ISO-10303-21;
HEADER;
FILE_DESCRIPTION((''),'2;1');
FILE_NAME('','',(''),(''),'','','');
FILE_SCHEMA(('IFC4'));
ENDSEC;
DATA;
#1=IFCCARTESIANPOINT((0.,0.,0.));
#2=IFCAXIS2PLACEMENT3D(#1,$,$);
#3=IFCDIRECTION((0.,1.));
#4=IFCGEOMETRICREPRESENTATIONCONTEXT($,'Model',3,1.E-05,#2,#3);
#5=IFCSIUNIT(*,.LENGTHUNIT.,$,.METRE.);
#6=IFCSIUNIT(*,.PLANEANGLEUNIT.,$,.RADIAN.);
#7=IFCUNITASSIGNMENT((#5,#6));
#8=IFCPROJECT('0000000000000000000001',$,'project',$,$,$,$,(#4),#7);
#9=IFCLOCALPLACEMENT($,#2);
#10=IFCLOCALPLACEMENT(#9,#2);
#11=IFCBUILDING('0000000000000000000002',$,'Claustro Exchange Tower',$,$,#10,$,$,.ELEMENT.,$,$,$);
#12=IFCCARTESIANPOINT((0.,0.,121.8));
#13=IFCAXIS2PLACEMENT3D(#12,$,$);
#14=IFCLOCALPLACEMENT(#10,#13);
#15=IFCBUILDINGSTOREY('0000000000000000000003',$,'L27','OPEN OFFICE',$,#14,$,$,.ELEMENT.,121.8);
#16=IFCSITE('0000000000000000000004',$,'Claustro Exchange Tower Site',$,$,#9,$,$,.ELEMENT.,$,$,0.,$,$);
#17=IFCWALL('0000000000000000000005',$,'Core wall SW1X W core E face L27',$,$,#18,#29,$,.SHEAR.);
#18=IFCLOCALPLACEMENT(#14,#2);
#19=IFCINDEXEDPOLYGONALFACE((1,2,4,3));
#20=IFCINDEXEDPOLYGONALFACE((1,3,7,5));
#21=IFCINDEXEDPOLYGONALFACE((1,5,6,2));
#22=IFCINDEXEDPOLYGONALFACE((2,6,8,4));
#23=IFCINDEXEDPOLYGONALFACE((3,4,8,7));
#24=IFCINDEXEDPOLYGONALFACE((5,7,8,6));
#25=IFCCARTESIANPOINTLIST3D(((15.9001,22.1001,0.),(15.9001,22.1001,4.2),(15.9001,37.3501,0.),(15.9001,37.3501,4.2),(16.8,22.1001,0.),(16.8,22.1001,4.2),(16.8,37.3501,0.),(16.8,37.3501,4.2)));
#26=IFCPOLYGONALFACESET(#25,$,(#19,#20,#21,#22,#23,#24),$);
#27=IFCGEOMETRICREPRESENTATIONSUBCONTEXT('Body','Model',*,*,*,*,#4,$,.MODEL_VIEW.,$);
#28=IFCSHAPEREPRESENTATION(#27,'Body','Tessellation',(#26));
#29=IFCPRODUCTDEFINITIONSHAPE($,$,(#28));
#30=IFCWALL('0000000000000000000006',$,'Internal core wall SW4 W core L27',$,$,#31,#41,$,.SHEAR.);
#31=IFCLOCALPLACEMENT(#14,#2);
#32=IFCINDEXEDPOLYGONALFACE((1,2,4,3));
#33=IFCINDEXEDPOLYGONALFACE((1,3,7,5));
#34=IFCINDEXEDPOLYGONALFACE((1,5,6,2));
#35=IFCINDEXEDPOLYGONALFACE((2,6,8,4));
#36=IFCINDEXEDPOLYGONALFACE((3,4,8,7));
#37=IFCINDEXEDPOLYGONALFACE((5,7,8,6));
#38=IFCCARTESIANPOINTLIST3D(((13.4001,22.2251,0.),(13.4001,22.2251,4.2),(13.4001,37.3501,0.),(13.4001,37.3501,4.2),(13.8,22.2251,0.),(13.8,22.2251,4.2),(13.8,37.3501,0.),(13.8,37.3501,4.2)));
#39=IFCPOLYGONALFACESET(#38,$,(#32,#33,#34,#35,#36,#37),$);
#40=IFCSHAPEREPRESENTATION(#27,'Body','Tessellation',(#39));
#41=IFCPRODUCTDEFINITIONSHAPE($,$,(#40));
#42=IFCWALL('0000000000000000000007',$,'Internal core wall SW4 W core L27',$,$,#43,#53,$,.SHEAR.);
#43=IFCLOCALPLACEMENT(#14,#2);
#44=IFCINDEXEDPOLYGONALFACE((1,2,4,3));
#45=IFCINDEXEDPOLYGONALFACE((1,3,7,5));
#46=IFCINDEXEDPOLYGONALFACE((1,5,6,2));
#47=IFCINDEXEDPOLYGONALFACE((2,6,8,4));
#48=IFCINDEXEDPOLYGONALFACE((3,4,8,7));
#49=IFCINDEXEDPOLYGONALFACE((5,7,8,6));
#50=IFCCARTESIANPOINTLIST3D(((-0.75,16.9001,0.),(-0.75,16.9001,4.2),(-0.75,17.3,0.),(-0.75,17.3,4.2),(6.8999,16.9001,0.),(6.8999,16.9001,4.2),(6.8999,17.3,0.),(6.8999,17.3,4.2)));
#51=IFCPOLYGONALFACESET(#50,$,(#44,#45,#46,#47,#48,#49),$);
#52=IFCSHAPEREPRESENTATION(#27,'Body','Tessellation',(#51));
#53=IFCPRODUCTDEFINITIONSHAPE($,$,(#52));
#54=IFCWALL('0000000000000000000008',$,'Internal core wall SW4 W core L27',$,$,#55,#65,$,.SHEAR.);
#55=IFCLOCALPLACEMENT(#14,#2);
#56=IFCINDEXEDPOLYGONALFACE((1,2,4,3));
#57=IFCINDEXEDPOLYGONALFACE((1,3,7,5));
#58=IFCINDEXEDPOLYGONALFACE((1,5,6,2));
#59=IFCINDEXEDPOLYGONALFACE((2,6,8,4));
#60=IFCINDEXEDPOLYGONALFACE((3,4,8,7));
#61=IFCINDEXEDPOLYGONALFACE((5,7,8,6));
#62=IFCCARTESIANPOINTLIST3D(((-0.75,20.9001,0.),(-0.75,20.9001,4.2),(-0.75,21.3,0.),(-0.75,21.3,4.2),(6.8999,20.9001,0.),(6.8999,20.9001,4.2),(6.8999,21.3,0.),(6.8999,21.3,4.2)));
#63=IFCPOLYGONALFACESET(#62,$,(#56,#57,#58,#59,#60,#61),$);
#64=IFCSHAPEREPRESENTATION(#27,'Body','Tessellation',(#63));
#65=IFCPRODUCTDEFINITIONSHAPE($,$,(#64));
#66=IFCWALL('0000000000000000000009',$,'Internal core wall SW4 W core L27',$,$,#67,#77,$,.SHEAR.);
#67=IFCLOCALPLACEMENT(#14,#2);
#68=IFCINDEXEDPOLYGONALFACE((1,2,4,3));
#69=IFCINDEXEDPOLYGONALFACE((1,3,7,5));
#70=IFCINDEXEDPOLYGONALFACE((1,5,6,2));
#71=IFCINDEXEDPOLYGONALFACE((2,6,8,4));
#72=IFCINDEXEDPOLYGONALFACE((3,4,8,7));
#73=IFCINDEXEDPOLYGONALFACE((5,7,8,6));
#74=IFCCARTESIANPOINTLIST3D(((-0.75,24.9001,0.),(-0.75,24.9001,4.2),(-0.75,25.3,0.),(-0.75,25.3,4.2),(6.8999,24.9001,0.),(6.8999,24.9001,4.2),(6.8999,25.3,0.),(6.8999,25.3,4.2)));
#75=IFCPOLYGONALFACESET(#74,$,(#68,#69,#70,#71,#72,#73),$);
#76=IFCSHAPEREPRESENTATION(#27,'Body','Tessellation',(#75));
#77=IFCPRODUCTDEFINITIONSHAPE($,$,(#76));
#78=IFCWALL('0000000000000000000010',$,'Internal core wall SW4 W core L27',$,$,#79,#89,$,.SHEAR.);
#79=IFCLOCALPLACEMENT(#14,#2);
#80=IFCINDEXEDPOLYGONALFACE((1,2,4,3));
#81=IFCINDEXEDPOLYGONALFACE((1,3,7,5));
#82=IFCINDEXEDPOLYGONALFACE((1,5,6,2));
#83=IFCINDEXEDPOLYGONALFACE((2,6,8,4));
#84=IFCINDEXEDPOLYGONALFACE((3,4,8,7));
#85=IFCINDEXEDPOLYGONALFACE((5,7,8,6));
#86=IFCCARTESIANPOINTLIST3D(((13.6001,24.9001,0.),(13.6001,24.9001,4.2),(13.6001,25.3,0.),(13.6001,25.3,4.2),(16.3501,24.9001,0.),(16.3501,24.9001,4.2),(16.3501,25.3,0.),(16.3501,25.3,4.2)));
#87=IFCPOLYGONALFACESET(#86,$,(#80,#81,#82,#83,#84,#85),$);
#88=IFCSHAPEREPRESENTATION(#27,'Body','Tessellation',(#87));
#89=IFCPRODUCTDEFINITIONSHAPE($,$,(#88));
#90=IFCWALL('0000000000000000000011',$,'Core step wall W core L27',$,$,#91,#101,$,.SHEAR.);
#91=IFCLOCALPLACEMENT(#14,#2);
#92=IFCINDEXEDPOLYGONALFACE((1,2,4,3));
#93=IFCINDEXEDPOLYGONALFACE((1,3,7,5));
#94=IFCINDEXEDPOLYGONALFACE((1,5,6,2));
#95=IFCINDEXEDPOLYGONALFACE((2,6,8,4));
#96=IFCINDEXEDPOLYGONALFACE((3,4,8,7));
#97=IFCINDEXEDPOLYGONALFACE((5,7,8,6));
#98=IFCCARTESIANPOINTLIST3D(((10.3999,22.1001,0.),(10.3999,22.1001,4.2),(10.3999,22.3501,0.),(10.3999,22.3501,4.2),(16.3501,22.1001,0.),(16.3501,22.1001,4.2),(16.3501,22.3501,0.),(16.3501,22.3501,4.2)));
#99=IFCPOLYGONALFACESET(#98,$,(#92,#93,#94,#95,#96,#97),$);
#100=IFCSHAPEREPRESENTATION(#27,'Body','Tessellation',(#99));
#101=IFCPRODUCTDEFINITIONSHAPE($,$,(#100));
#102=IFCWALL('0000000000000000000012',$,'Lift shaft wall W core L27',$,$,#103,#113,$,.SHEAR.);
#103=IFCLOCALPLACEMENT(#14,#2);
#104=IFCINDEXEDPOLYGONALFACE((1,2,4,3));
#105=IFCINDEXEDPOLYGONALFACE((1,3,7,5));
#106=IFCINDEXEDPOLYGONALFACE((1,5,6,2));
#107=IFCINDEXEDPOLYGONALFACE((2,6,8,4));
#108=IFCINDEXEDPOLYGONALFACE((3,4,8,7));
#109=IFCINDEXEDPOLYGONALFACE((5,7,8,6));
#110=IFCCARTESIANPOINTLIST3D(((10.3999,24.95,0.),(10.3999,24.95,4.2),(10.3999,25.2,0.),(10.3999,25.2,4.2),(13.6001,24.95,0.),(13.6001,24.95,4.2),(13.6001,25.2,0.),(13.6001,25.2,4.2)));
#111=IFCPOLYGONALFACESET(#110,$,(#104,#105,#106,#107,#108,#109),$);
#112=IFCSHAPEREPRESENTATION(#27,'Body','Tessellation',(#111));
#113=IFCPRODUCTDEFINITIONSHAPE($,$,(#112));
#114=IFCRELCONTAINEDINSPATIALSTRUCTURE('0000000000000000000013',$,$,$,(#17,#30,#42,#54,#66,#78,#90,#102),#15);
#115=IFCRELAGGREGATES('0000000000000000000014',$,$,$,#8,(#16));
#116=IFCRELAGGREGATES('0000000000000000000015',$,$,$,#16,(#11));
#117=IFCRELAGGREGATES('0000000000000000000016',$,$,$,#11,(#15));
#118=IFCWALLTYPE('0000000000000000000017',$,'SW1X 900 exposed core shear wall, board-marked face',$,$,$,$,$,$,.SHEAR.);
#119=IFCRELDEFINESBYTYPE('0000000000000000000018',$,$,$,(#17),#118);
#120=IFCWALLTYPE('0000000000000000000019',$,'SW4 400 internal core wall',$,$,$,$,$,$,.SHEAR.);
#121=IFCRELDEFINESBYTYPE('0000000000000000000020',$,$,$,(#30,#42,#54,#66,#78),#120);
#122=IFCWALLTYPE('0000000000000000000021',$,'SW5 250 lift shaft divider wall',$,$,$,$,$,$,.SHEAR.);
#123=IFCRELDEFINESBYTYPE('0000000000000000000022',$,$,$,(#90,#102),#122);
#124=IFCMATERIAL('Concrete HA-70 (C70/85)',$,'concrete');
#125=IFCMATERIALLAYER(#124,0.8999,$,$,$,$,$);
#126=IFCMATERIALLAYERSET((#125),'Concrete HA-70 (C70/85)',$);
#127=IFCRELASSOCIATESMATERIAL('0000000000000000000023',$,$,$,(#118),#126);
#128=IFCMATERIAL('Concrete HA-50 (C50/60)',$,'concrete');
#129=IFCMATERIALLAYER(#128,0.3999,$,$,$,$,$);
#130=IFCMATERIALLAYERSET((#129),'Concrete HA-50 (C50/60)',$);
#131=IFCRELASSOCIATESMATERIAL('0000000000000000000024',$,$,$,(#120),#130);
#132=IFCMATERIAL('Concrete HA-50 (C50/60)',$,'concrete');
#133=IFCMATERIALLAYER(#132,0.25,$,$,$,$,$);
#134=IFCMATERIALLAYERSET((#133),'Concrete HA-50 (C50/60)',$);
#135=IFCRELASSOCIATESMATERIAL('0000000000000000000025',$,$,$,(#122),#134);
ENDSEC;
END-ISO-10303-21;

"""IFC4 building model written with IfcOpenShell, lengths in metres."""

from ifc_helpers import new_model, si_unit, direction, frame, frame_2d, origin, place, context, subcontext, project, spatial, rectangle, extrude, material, layer, layer_set, type_object, element, save


model = new_model("IFC4")

# Units and contexts
model_context = context("Model", 3, precision=1e-05, world=origin(), true_north=direction((0.0, 1.0)))
body_context = subcontext(model_context, "Body", "Model", "MODEL_VIEW")
ifc_project = project(units=[si_unit("LENGTHUNIT", "METRE"), si_unit("PLANEANGLEUNIT", "RADIAN")], contexts=[model_context])

# Site, building, storey
site_placement = place(None, origin())
site = spatial("IfcSite", under=ifc_project, at=site_placement, Name="Claustro Exchange Tower Site", CompositionType="ELEMENT", RefElevation=0.0)
building_placement = place(site_placement, origin())
building = spatial("IfcBuilding", under=site, at=building_placement, Name="Claustro Exchange Tower", CompositionType="ELEMENT")
storey_placement = place(building_placement, frame((0.0, 0.0, 121.8)))
storey = spatial("IfcBuildingStorey", under=building, at=storey_placement, Name="L27", Description="OPEN OFFICE", CompositionType="ELEMENT", Elevation=121.8)

# Walls
ifc_material_1 = material(Name="Concrete HA-70 (C70/85)", Category="concrete")
ifc_layer_1 = layer(ifc_material_1, 0.8999)
ifc_layer_set_1 = layer_set([ifc_layer_1], Name="Concrete HA-70 (C70/85)")
wall_type_1 = type_object("IfcWallType", Name="SW1X 900 exposed core shear wall, board-marked face", PredefinedType="SHEAR", material=ifc_layer_set_1)
wall_1_placement = place(storey_placement, frame((16.3501, 22.1001, 0.0), z_axis=(0.0, 0.0, 1.0), x_axis=(0.0, 1.0, 0.0)))
element("IfcWall", 1, at=wall_1_placement, inside=storey, type_object=wall_type_1, Name="Core wall SW1X W core E face L27", PredefinedType="SHEAR", context=body_context, shape_type="SweptSolid", body=[
    extrude(rectangle(XDim=15.25, YDim=0.8999, at=frame_2d((7.625, 0.0))), origin(), (0.0, 0.0, 1.0), 4.2),
])
ifc_material_2 = material(Name="Concrete HA-50 (C50/60)", Category="concrete")
ifc_layer_2 = layer(ifc_material_2, 0.3999)
ifc_layer_set_2 = layer_set([ifc_layer_2], Name="Concrete HA-50 (C50/60)")
wall_type_2 = type_object("IfcWallType", Name="SW4 400 internal core wall", PredefinedType="SHEAR", material=ifc_layer_set_2)
wall_2_placement = place(storey_placement, frame((13.6001, 22.2251, 0.0), z_axis=(0.0, 0.0, 1.0), x_axis=(0.0, 1.0, 0.0)))
element("IfcWall", 2, at=wall_2_placement, inside=storey, type_object=wall_type_2, Name="Internal core wall SW4 W core L27", PredefinedType="SHEAR", context=body_context, shape_type="SweptSolid", body=[
    extrude(rectangle(XDim=15.125, YDim=0.3999, at=frame_2d((7.5625, 0.0))), origin(), (0.0, 0.0, 1.0), 4.2),
])
for number, where, z_axis, x_axis, name in (
    (3, (-0.75, 17.1001, 0.0), (0.0, 0.0, 1.0), (1.0, 0.0, 0.0), "Internal core wall SW4 W core L27"),
    (4, (-0.75, 21.1001, 0.0), (0.0, 0.0, 1.0), (1.0, 0.0, 0.0), "Internal core wall SW4 W core L27"),
    (5, (-0.75, 25.1001, 0.0), (0.0, 0.0, 1.0), (1.0, 0.0, 0.0), "Internal core wall SW4 W core L27"),
):
    element("IfcWall", number, at=place(storey_placement, frame(where, z_axis=z_axis, x_axis=x_axis)), inside=storey, type_object=wall_type_2, Name=name, PredefinedType="SHEAR", context=body_context, shape_type="SweptSolid", body=[
        extrude(rectangle(XDim=7.6499, YDim=0.3999, at=frame_2d((3.825, 0.0))), origin(), (0.0, 0.0, 1.0), 4.2),
    ])
wall_3_placement = place(storey_placement, frame((13.6001, 25.1001, 0.0), z_axis=(0.0, 0.0, 1.0), x_axis=(1.0, 0.0, 0.0)))
element("IfcWall", 6, at=wall_3_placement, inside=storey, type_object=wall_type_2, Name="Internal core wall SW4 W core L27", PredefinedType="SHEAR", context=body_context, shape_type="SweptSolid", body=[
    extrude(rectangle(XDim=2.75, YDim=0.3999, at=frame_2d((1.375, 0.0))), origin(), (0.0, 0.0, 1.0), 4.2),
])
ifc_material_3 = material(Name="Concrete HA-50 (C50/60)", Category="concrete")
ifc_layer_3 = layer(ifc_material_3, 0.25)
ifc_layer_set_3 = layer_set([ifc_layer_3], Name="Concrete HA-50 (C50/60)")
wall_type_3 = type_object("IfcWallType", Name="SW5 250 lift shaft divider wall", PredefinedType="SHEAR", material=ifc_layer_set_3)
wall_4_placement = place(storey_placement, frame((10.3999, 22.2251, 0.0), z_axis=(0.0, 0.0, 1.0), x_axis=(1.0, 0.0, 0.0)))
element("IfcWall", 7, at=wall_4_placement, inside=storey, type_object=wall_type_3, Name="Core step wall W core L27", PredefinedType="SHEAR", context=body_context, shape_type="SweptSolid", body=[
    extrude(rectangle(XDim=5.9502, YDim=0.25, at=frame_2d((2.9751, 0.0))), origin(), (0.0, 0.0, 1.0), 4.2),
])
wall_5_placement = place(storey_placement, frame((10.3999, 25.075, 0.0), z_axis=(0.0, 0.0, 1.0), x_axis=(1.0, 0.0, 0.0)))
element("IfcWall", 8, at=wall_5_placement, inside=storey, type_object=wall_type_3, Name="Lift shaft wall W core L27", PredefinedType="SHEAR", context=body_context, shape_type="SweptSolid", body=[
    extrude(rectangle(XDim=3.2002, YDim=0.25, at=frame_2d((1.6001, 0.0))), origin(), (0.0, 0.0, 1.0), 4.2),
])

save(model, "model.ifc")
